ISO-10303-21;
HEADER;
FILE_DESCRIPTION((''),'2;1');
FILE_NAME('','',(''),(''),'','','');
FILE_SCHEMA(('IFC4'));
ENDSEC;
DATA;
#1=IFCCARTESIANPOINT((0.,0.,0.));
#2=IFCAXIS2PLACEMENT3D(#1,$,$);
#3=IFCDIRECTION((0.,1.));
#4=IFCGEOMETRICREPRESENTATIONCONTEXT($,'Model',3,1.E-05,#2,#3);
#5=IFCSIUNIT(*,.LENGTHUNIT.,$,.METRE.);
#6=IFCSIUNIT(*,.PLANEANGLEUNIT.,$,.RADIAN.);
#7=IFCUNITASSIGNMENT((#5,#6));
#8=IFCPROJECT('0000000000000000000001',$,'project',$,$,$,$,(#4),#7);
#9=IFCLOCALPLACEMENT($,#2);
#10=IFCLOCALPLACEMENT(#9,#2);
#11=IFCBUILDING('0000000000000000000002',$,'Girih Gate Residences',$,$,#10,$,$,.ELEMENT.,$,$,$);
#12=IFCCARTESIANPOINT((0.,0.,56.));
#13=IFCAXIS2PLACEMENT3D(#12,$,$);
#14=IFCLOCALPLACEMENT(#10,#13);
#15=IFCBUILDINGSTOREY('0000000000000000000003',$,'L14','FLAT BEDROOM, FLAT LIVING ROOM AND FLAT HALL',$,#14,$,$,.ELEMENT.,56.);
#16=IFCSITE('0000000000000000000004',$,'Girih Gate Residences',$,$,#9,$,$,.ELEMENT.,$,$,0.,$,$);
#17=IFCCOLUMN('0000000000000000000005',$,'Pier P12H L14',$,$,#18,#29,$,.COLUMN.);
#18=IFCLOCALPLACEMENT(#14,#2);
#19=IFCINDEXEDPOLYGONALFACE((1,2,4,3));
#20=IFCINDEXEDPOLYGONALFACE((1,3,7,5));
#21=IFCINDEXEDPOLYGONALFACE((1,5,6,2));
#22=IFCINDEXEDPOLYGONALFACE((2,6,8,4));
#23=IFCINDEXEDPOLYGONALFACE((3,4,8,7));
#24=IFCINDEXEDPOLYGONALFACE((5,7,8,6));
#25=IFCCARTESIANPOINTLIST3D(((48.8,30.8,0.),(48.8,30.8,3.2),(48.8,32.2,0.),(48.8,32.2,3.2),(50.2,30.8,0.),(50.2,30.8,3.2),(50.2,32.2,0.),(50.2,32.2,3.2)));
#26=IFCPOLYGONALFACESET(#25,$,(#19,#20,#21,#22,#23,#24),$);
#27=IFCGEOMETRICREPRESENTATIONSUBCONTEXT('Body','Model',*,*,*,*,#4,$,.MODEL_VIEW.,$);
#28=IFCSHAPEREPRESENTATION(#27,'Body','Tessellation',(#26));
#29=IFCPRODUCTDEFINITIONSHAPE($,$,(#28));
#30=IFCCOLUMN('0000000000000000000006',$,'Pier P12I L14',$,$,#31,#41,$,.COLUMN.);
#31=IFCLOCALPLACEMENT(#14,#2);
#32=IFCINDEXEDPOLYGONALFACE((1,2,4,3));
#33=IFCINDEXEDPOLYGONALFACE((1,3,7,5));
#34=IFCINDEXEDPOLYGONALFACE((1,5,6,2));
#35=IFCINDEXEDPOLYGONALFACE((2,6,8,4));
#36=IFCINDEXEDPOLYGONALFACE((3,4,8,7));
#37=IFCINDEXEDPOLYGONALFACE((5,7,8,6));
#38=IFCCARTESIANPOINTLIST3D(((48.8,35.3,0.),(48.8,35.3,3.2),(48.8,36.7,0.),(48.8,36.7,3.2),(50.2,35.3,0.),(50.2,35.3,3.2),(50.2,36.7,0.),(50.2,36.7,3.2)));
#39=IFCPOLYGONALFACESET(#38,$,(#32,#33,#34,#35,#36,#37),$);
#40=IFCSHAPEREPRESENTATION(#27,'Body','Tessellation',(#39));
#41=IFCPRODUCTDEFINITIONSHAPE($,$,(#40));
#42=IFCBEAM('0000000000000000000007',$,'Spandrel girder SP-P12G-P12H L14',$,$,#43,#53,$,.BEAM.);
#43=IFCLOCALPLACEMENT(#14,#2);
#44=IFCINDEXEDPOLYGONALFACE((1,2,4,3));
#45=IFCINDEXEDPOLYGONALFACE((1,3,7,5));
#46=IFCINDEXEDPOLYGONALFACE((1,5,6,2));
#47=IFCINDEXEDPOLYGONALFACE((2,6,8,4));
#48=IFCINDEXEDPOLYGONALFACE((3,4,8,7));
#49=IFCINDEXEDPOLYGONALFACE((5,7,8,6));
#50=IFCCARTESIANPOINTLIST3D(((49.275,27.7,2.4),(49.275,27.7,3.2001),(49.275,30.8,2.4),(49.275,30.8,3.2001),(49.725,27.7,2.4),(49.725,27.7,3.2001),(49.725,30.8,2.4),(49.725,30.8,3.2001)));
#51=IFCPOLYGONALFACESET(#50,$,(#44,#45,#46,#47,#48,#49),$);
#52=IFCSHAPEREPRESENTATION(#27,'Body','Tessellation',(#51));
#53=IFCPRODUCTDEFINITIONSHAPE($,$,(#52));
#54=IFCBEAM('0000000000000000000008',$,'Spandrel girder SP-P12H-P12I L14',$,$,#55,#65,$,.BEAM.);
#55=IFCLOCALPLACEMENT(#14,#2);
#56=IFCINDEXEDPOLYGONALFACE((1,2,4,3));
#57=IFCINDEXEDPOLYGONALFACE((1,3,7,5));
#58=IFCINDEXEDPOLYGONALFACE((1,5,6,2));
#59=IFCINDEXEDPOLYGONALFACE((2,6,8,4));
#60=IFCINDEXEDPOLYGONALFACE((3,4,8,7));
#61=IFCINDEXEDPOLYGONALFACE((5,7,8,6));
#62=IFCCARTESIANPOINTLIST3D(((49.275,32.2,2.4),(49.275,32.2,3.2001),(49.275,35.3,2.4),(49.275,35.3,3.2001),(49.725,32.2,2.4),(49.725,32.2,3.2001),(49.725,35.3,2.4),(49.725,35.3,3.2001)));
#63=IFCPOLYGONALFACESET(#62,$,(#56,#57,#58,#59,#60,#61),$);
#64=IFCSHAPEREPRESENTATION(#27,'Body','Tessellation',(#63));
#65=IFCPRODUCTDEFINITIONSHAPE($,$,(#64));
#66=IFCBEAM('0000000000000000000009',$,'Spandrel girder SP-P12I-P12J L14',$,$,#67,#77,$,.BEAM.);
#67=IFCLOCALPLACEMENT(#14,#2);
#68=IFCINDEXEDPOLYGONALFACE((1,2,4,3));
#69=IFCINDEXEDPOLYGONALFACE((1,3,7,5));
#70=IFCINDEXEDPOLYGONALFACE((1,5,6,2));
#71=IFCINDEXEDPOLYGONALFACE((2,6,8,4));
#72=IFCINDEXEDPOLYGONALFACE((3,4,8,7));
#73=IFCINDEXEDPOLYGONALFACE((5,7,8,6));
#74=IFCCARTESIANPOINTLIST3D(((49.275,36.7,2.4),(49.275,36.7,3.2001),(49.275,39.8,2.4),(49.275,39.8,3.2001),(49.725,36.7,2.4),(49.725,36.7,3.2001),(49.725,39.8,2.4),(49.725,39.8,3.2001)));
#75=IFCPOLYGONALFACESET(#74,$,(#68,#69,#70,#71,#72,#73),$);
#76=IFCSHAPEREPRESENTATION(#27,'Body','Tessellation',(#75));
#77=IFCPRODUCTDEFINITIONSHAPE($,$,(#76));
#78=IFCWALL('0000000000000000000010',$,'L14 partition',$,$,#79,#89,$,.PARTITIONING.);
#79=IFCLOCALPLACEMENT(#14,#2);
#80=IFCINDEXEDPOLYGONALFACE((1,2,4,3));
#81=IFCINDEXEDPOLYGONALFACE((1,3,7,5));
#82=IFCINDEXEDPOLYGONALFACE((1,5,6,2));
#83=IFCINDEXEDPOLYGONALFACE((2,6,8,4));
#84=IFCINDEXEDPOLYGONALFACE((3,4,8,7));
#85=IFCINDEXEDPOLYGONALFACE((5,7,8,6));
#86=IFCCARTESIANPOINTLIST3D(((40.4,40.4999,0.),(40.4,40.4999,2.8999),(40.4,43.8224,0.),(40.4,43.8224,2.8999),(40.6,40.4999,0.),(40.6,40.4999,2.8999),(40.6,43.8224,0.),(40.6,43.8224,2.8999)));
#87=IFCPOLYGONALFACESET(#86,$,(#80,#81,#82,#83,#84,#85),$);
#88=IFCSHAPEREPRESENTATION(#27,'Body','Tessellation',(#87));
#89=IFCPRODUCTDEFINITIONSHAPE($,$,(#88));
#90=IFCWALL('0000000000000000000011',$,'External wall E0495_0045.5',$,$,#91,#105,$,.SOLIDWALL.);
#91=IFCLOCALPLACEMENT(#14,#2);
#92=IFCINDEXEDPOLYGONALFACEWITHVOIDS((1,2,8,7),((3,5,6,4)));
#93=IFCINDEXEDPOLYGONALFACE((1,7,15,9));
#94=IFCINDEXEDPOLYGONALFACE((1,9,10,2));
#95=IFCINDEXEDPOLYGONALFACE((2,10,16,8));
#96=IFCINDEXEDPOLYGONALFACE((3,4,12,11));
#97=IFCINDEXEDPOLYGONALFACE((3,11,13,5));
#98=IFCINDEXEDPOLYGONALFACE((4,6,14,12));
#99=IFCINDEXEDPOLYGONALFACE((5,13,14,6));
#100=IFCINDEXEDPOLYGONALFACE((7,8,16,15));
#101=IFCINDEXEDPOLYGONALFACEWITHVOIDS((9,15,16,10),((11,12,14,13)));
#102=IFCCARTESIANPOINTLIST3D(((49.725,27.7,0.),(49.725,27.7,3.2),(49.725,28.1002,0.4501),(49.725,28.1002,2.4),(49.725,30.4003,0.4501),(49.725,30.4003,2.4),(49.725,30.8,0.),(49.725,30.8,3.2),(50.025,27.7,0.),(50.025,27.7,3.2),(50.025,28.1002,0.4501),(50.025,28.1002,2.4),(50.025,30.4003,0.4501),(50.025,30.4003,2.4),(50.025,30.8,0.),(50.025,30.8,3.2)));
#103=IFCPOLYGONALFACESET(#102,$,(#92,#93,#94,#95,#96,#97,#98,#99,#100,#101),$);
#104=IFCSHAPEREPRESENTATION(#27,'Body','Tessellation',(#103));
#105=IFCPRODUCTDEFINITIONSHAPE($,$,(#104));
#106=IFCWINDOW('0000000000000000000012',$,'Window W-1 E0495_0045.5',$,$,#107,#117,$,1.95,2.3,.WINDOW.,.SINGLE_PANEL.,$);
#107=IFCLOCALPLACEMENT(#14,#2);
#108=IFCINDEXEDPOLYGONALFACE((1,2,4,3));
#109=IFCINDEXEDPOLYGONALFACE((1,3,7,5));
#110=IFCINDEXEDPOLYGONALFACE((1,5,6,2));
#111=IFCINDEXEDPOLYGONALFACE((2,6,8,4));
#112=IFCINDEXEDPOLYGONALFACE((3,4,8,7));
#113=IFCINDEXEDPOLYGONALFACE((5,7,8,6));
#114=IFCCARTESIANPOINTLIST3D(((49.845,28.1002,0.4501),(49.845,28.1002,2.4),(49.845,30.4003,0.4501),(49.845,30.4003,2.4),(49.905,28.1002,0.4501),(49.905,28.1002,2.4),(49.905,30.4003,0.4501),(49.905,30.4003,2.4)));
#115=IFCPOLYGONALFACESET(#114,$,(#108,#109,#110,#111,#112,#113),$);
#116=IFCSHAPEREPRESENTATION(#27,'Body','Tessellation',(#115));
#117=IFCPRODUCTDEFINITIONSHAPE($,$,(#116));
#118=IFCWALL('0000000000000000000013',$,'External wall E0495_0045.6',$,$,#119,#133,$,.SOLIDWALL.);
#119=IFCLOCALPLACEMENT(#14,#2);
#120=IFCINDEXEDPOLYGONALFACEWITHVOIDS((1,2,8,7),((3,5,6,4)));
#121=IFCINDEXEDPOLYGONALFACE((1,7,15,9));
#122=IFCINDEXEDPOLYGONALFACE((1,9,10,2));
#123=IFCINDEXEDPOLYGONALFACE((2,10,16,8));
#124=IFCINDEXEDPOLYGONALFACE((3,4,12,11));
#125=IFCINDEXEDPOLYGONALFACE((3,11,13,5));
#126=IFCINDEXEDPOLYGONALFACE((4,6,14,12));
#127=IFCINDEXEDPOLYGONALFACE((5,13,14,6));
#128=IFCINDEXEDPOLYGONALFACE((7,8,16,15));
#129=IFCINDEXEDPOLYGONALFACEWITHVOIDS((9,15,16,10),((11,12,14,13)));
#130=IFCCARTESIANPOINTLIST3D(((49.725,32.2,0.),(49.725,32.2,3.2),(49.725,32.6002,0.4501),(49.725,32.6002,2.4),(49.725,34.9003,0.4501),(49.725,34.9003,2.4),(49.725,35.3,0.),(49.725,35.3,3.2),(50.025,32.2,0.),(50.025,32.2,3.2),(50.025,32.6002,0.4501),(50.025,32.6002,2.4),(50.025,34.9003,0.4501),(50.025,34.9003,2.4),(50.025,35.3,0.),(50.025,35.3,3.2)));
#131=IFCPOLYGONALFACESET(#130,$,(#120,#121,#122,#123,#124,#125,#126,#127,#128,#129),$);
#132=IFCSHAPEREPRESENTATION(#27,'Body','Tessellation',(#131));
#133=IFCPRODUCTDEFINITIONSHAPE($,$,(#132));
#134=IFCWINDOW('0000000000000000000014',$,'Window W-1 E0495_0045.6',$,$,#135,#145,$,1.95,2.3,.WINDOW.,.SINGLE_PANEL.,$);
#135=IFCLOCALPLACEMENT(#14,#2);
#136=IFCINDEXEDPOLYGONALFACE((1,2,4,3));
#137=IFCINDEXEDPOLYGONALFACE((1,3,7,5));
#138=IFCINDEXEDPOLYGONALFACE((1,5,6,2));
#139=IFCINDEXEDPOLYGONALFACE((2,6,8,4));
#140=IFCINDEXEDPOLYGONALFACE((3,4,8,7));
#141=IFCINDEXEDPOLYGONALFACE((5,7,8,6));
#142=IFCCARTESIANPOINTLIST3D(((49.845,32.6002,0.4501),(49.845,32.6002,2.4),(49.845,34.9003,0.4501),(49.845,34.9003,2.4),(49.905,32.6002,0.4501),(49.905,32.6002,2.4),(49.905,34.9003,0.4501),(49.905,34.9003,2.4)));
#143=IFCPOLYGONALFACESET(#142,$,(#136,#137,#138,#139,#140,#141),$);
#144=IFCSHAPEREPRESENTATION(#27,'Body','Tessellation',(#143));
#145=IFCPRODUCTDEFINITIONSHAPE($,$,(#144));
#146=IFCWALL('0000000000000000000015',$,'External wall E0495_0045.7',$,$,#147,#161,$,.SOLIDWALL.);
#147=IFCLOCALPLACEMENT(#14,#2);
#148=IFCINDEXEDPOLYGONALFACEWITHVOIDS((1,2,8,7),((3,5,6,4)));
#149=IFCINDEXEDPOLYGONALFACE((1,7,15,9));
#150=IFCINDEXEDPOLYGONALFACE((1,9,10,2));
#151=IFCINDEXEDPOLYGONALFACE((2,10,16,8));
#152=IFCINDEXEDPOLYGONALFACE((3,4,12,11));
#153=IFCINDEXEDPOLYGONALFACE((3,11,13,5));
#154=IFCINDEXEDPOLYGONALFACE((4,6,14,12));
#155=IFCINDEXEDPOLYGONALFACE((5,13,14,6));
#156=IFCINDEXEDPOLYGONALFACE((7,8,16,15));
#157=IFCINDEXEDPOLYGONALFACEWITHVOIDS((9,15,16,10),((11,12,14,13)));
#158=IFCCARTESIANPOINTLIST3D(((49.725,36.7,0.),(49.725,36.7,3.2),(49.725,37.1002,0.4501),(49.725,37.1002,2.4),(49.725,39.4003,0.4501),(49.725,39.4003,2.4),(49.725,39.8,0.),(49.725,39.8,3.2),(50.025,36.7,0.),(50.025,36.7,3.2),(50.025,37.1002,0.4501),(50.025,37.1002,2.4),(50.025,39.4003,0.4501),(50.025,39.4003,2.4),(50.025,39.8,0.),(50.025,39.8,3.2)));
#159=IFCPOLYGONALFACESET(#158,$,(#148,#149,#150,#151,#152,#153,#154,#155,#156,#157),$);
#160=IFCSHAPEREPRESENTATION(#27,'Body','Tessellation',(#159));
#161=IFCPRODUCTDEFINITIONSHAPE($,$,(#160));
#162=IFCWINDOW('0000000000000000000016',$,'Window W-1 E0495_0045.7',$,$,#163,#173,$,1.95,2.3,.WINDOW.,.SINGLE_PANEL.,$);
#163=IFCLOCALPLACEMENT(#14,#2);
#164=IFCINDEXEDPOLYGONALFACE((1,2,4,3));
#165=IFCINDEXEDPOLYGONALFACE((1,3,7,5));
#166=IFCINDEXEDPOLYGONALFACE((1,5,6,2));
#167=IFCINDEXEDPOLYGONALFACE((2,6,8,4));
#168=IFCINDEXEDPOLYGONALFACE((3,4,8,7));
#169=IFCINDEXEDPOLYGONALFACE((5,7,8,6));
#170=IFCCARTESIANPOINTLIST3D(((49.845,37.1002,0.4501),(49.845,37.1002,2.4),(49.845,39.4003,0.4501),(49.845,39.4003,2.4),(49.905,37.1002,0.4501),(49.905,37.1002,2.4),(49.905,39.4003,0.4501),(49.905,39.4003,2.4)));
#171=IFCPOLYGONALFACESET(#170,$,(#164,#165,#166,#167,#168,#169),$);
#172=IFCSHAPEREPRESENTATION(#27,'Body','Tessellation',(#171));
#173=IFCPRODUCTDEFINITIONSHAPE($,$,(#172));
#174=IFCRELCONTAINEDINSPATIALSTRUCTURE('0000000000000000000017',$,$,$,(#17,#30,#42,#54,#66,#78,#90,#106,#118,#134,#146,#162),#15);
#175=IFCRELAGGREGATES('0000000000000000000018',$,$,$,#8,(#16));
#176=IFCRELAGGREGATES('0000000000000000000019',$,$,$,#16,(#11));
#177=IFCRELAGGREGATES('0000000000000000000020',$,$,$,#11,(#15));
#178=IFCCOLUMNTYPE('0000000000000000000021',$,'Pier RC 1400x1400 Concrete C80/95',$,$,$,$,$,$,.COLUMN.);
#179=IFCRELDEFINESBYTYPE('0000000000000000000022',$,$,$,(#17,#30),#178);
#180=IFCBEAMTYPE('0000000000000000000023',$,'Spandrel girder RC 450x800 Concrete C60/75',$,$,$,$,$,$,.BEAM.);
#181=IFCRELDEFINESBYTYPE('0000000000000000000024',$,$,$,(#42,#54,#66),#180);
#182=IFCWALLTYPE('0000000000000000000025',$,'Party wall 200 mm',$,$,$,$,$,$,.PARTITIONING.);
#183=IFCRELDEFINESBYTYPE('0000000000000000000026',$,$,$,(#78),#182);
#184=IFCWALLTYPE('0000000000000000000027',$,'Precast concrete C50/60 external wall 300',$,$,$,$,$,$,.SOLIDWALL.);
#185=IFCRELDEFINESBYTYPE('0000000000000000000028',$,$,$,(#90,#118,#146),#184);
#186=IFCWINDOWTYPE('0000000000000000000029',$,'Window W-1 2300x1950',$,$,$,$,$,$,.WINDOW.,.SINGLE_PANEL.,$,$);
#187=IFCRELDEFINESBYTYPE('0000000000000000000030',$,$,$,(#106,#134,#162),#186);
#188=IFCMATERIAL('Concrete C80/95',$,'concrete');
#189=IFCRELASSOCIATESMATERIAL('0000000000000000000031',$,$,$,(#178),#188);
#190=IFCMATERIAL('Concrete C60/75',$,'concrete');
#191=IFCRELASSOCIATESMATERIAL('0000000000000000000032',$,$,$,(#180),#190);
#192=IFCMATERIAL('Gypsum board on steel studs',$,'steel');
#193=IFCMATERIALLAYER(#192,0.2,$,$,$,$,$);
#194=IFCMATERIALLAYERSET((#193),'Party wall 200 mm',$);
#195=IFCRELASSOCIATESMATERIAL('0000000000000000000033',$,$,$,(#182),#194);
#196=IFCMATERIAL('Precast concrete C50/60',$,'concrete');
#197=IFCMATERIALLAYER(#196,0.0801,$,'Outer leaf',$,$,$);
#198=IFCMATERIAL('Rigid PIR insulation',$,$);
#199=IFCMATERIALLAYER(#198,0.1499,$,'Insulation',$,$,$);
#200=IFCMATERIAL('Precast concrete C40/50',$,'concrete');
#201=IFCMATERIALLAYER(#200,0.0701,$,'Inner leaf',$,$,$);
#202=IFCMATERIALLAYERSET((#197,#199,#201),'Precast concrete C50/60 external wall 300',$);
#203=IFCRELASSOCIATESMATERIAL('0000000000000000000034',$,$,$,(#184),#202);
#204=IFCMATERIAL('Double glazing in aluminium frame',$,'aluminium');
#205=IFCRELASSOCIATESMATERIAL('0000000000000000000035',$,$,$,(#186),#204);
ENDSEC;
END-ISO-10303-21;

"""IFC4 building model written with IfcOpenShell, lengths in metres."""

from ifc_helpers import new_model, si_unit, direction, frame, frame_2d, origin, origin_2d, place, context, subcontext, project, spatial, rectangle, extrude, material, layer, layer_set, material_profile, profile_set, type_object, element, fill, save


model = new_model("IFC4")

# Units and contexts
model_context = context("Model", 3, precision=1e-05, world=origin(), true_north=direction((0.0, 1.0)))
body_context = subcontext(model_context, "Body", "Model", "MODEL_VIEW")
ifc_project = project(units=[si_unit("LENGTHUNIT", "METRE"), si_unit("PLANEANGLEUNIT", "RADIAN")], contexts=[model_context])

# Site, building, storey
site_placement = place(None, origin())
site = spatial("IfcSite", under=ifc_project, at=site_placement, Name="Girih Gate Residences", CompositionType="ELEMENT", RefElevation=0.0)
building_placement = place(site_placement, origin())
building = spatial("IfcBuilding", under=site, at=building_placement, Name="Girih Gate Residences", CompositionType="ELEMENT")
storey_placement = place(building_placement, frame((0.0, 0.0, 56.0)))
storey = spatial("IfcBuildingStorey", under=building, at=storey_placement, Name="L14", Description="FLAT BEDROOM, FLAT LIVING ROOM AND FLAT HALL", CompositionType="ELEMENT", Elevation=56.0)

# Columns
ifc_material_1 = material(Name="Concrete C80/95", Category="concrete")
ifc_material_profile_1 = material_profile(ifc_material_1, rectangle(XDim=1.3999, YDim=1.3999, at=origin_2d()))
ifc_profile_set_1 = profile_set([ifc_material_profile_1], Name="Concrete C80/95")
column_type = type_object("IfcColumnType", Name="Pier RC 1400x1400 Concrete C80/95", PredefinedType="COLUMN", material=ifc_profile_set_1)
for number, where, z_axis, x_axis, name in (
    (1, (49.5, 31.5, 0.0), (0.0, 0.0, 1.0), (1.0, 0.0, 0.0), "Pier P12H L14"),
    (2, (49.5, 36.0, 0.0), (0.0, 0.0, 1.0), (1.0, 0.0, 0.0), "Pier P12I L14"),
):
    element("IfcColumn", number, at=place(storey_placement, frame(where, z_axis=z_axis, x_axis=x_axis)), inside=storey, type_object=column_type, Name=name, PredefinedType="COLUMN", context=body_context, shape_type="SweptSolid", body=[
        extrude(rectangle(XDim=1.3999, YDim=1.3999, at=origin_2d()), origin(), (0.0, 0.0, 1.0), 3.2),
    ])

# Beams
ifc_material_2 = material(Name="Concrete C60/75", Category="concrete")
ifc_material_profile_2 = material_profile(ifc_material_2, rectangle(XDim=0.45, YDim=0.8, at=origin_2d()))
ifc_profile_set_2 = profile_set([ifc_material_profile_2], Name="Concrete C60/75")
beam_type = type_object("IfcBeamType", Name="Spandrel girder RC 450x800 Concrete C60/75", PredefinedType="BEAM", material=ifc_profile_set_2)
for number, where, z_axis, x_axis, name in (
    (3, (49.5, 27.7, 2.8), (0.0, 1.0, 0.0), (-1.0, 0.0, 0.0), "Spandrel girder SP-P12G-P12H L14"),
    (4, (49.5, 32.2, 2.8), (0.0, 1.0, 0.0), (-1.0, 0.0, 0.0), "Spandrel girder SP-P12H-P12I L14"),
    (5, (49.5, 36.7, 2.8), (0.0, 1.0, 0.0), (-1.0, 0.0, 0.0), "Spandrel girder SP-P12I-P12J L14"),
):
    element("IfcBeam", number, at=place(storey_placement, frame(where, z_axis=z_axis, x_axis=x_axis)), inside=storey, type_object=beam_type, Name=name, PredefinedType="BEAM", context=body_context, shape_type="SweptSolid", body=[
        extrude(rectangle(XDim=0.45, YDim=0.8, at=origin_2d()), origin(), (0.0, 0.0, 1.0), 3.1001),
    ])

# Wall
ifc_material_3 = material(Name="Gypsum board on steel studs", Category="steel")
ifc_layer_1 = layer(ifc_material_3, 0.2)
ifc_layer_set_1 = layer_set([ifc_layer_1], Name="Party wall 200 mm")
wall_type_1 = type_object("IfcWallType", Name="Party wall 200 mm", PredefinedType="PARTITIONING", material=ifc_layer_set_1)
wall_1_placement = place(storey_placement, frame((40.5, 40.5, 0.0), z_axis=(0.0, 0.0, 1.0), x_axis=(0.0, 1.0, 0.0)))
element("IfcWall", 6, at=wall_1_placement, inside=storey, type_object=wall_type_1, Name="L14 partition", PredefinedType="PARTITIONING", context=body_context, shape_type="SweptSolid", body=[
    extrude(rectangle(XDim=3.3225, YDim=0.2, at=frame_2d((1.6611, 0.0))), origin(), (0.0, 0.0, 1.0), 2.8999),
])

# Walls, openings, windows
ifc_material_4 = material(Name="Precast concrete C50/60", Category="concrete")
ifc_layer_2 = layer(ifc_material_4, 0.0801, Name="Outer leaf")
ifc_material_5 = material(Name="Rigid PIR insulation")
ifc_layer_3 = layer(ifc_material_5, 0.1499, Name="Insulation")
ifc_material_6 = material(Name="Precast concrete C40/50", Category="concrete")
ifc_layer_4 = layer(ifc_material_6, 0.0701, Name="Inner leaf")
ifc_layer_set_2 = layer_set([ifc_layer_2, ifc_layer_3, ifc_layer_4], Name="Precast concrete C50/60 external wall 300")
wall_type_2 = type_object("IfcWallType", Name="Precast concrete C50/60 external wall 300", PredefinedType="SOLIDWALL", material=ifc_layer_set_2)
wall_2_placement = place(storey_placement, frame((49.875, 30.8, 0.0), z_axis=(0.0, 0.0, 1.0), x_axis=(0.0, -1.0, 0.0)))
wall_2 = element("IfcWall", 7, at=wall_2_placement, inside=storey, type_object=wall_type_2, Name="External wall E0495_0045.5", PredefinedType="SOLIDWALL", context=body_context, shape_type="SweptSolid", body=[
    extrude(rectangle(XDim=3.1001, YDim=0.3, at=frame_2d((1.55, 0.0))), origin(), (0.0, 0.0, 1.0), 3.2),
])
opening_1_placement = place(wall_2_placement, frame((0.3999, 0.0, 0.45)))
opening_1 = element("IfcOpeningElement", 8, at=opening_1_placement, cuts=wall_2, PredefinedType="OPENING", context=body_context, shape_type="SweptSolid", body=[
    extrude(rectangle(XDim=2.3, YDim=1.95, at=frame_2d((1.1499, 0.9751))), frame((0.0, 0.1599, 0.0), z_axis=(0.0, -1.0, 0.0), x_axis=(1.0, 0.0, 0.0)), (0.0, 0.0, 1.0), 0.3201),
])
ifc_material_7 = material(Name="Double glazing in aluminium frame", Category="aluminium")
window_type = type_object("IfcWindowType", Name="Window W-1 2300x1950", PartitioningType="SINGLE_PANEL", PredefinedType="WINDOW", material=ifc_material_7)
window_1_placement = place(opening_1_placement, origin())
window_1 = element("IfcWindow", 9, at=window_1_placement, inside=storey, type_object=window_type, Name="Window W-1 E0495_0045.5", OverallHeight=1.95, OverallWidth=2.3, PartitioningType="SINGLE_PANEL", PredefinedType="WINDOW", context=body_context, shape_type="SweptSolid", body=[
    extrude(rectangle(XDim=2.3, YDim=1.95, at=frame_2d((1.1499, 0.9751))), frame((0.0, 0.03, 0.0), z_axis=(0.0, -1.0, 0.0), x_axis=(1.0, 0.0, 0.0)), (0.0, 0.0, 1.0), 0.0601),
])
fill(opening_1, window_1)
wall_3_placement = place(storey_placement, frame((49.875, 35.3, 0.0), z_axis=(0.0, 0.0, 1.0), x_axis=(0.0, -1.0, 0.0)))
wall_3 = element("IfcWall", 10, at=wall_3_placement, inside=storey, type_object=wall_type_2, Name="External wall E0495_0045.6", PredefinedType="SOLIDWALL", context=body_context, shape_type="SweptSolid", body=[
    extrude(rectangle(XDim=3.1001, YDim=0.3, at=frame_2d((1.55, 0.0))), origin(), (0.0, 0.0, 1.0), 3.2),
])
opening_2_placement = place(wall_3_placement, frame((0.3999, 0.0, 0.45)))
opening_2 = element("IfcOpeningElement", 11, at=opening_2_placement, cuts=wall_3, PredefinedType="OPENING", context=body_context, shape_type="SweptSolid", body=[
    extrude(rectangle(XDim=2.3, YDim=1.95, at=frame_2d((1.1499, 0.9751))), frame((0.0, 0.1599, 0.0), z_axis=(0.0, -1.0, 0.0), x_axis=(1.0, 0.0, 0.0)), (0.0, 0.0, 1.0), 0.3201),
])
window_2_placement = place(opening_2_placement, origin())
window_2 = element("IfcWindow", 12, at=window_2_placement, inside=storey, type_object=window_type, Name="Window W-1 E0495_0045.6", OverallHeight=1.95, OverallWidth=2.3, PartitioningType="SINGLE_PANEL", PredefinedType="WINDOW", context=body_context, shape_type="SweptSolid", body=[
    extrude(rectangle(XDim=2.3, YDim=1.95, at=frame_2d((1.1499, 0.9751))), frame((0.0, 0.03, 0.0), z_axis=(0.0, -1.0, 0.0), x_axis=(1.0, 0.0, 0.0)), (0.0, 0.0, 1.0), 0.0601),
])
fill(opening_2, window_2)
wall_4_placement = place(storey_placement, frame((49.875, 39.8, 0.0), z_axis=(0.0, 0.0, 1.0), x_axis=(0.0, -1.0, 0.0)))
wall_4 = element("IfcWall", 13, at=wall_4_placement, inside=storey, type_object=wall_type_2, Name="External wall E0495_0045.7", PredefinedType="SOLIDWALL", context=body_context, shape_type="SweptSolid", body=[
    extrude(rectangle(XDim=3.1001, YDim=0.3, at=frame_2d((1.55, 0.0))), origin(), (0.0, 0.0, 1.0), 3.2),
])
opening_3_placement = place(wall_4_placement, frame((0.3999, 0.0, 0.45)))
opening_3 = element("IfcOpeningElement", 14, at=opening_3_placement, cuts=wall_4, PredefinedType="OPENING", context=body_context, shape_type="SweptSolid", body=[
    extrude(rectangle(XDim=2.3, YDim=1.95, at=frame_2d((1.1499, 0.9751))), frame((0.0, 0.1599, 0.0), z_axis=(0.0, -1.0, 0.0), x_axis=(1.0, 0.0, 0.0)), (0.0, 0.0, 1.0), 0.3201),
])
window_3_placement = place(opening_3_placement, origin())
window_3 = element("IfcWindow", 15, at=window_3_placement, inside=storey, type_object=window_type, Name="Window W-1 E0495_0045.7", OverallHeight=1.95, OverallWidth=2.3, PartitioningType="SINGLE_PANEL", PredefinedType="WINDOW", context=body_context, shape_type="SweptSolid", body=[
    extrude(rectangle(XDim=2.3, YDim=1.95, at=frame_2d((1.1499, 0.9751))), frame((0.0, 0.03, 0.0), z_axis=(0.0, -1.0, 0.0), x_axis=(1.0, 0.0, 0.0)), (0.0, 0.0, 1.0), 0.0601),
])
fill(opening_3, window_3)

save(model, "model.ifc")
